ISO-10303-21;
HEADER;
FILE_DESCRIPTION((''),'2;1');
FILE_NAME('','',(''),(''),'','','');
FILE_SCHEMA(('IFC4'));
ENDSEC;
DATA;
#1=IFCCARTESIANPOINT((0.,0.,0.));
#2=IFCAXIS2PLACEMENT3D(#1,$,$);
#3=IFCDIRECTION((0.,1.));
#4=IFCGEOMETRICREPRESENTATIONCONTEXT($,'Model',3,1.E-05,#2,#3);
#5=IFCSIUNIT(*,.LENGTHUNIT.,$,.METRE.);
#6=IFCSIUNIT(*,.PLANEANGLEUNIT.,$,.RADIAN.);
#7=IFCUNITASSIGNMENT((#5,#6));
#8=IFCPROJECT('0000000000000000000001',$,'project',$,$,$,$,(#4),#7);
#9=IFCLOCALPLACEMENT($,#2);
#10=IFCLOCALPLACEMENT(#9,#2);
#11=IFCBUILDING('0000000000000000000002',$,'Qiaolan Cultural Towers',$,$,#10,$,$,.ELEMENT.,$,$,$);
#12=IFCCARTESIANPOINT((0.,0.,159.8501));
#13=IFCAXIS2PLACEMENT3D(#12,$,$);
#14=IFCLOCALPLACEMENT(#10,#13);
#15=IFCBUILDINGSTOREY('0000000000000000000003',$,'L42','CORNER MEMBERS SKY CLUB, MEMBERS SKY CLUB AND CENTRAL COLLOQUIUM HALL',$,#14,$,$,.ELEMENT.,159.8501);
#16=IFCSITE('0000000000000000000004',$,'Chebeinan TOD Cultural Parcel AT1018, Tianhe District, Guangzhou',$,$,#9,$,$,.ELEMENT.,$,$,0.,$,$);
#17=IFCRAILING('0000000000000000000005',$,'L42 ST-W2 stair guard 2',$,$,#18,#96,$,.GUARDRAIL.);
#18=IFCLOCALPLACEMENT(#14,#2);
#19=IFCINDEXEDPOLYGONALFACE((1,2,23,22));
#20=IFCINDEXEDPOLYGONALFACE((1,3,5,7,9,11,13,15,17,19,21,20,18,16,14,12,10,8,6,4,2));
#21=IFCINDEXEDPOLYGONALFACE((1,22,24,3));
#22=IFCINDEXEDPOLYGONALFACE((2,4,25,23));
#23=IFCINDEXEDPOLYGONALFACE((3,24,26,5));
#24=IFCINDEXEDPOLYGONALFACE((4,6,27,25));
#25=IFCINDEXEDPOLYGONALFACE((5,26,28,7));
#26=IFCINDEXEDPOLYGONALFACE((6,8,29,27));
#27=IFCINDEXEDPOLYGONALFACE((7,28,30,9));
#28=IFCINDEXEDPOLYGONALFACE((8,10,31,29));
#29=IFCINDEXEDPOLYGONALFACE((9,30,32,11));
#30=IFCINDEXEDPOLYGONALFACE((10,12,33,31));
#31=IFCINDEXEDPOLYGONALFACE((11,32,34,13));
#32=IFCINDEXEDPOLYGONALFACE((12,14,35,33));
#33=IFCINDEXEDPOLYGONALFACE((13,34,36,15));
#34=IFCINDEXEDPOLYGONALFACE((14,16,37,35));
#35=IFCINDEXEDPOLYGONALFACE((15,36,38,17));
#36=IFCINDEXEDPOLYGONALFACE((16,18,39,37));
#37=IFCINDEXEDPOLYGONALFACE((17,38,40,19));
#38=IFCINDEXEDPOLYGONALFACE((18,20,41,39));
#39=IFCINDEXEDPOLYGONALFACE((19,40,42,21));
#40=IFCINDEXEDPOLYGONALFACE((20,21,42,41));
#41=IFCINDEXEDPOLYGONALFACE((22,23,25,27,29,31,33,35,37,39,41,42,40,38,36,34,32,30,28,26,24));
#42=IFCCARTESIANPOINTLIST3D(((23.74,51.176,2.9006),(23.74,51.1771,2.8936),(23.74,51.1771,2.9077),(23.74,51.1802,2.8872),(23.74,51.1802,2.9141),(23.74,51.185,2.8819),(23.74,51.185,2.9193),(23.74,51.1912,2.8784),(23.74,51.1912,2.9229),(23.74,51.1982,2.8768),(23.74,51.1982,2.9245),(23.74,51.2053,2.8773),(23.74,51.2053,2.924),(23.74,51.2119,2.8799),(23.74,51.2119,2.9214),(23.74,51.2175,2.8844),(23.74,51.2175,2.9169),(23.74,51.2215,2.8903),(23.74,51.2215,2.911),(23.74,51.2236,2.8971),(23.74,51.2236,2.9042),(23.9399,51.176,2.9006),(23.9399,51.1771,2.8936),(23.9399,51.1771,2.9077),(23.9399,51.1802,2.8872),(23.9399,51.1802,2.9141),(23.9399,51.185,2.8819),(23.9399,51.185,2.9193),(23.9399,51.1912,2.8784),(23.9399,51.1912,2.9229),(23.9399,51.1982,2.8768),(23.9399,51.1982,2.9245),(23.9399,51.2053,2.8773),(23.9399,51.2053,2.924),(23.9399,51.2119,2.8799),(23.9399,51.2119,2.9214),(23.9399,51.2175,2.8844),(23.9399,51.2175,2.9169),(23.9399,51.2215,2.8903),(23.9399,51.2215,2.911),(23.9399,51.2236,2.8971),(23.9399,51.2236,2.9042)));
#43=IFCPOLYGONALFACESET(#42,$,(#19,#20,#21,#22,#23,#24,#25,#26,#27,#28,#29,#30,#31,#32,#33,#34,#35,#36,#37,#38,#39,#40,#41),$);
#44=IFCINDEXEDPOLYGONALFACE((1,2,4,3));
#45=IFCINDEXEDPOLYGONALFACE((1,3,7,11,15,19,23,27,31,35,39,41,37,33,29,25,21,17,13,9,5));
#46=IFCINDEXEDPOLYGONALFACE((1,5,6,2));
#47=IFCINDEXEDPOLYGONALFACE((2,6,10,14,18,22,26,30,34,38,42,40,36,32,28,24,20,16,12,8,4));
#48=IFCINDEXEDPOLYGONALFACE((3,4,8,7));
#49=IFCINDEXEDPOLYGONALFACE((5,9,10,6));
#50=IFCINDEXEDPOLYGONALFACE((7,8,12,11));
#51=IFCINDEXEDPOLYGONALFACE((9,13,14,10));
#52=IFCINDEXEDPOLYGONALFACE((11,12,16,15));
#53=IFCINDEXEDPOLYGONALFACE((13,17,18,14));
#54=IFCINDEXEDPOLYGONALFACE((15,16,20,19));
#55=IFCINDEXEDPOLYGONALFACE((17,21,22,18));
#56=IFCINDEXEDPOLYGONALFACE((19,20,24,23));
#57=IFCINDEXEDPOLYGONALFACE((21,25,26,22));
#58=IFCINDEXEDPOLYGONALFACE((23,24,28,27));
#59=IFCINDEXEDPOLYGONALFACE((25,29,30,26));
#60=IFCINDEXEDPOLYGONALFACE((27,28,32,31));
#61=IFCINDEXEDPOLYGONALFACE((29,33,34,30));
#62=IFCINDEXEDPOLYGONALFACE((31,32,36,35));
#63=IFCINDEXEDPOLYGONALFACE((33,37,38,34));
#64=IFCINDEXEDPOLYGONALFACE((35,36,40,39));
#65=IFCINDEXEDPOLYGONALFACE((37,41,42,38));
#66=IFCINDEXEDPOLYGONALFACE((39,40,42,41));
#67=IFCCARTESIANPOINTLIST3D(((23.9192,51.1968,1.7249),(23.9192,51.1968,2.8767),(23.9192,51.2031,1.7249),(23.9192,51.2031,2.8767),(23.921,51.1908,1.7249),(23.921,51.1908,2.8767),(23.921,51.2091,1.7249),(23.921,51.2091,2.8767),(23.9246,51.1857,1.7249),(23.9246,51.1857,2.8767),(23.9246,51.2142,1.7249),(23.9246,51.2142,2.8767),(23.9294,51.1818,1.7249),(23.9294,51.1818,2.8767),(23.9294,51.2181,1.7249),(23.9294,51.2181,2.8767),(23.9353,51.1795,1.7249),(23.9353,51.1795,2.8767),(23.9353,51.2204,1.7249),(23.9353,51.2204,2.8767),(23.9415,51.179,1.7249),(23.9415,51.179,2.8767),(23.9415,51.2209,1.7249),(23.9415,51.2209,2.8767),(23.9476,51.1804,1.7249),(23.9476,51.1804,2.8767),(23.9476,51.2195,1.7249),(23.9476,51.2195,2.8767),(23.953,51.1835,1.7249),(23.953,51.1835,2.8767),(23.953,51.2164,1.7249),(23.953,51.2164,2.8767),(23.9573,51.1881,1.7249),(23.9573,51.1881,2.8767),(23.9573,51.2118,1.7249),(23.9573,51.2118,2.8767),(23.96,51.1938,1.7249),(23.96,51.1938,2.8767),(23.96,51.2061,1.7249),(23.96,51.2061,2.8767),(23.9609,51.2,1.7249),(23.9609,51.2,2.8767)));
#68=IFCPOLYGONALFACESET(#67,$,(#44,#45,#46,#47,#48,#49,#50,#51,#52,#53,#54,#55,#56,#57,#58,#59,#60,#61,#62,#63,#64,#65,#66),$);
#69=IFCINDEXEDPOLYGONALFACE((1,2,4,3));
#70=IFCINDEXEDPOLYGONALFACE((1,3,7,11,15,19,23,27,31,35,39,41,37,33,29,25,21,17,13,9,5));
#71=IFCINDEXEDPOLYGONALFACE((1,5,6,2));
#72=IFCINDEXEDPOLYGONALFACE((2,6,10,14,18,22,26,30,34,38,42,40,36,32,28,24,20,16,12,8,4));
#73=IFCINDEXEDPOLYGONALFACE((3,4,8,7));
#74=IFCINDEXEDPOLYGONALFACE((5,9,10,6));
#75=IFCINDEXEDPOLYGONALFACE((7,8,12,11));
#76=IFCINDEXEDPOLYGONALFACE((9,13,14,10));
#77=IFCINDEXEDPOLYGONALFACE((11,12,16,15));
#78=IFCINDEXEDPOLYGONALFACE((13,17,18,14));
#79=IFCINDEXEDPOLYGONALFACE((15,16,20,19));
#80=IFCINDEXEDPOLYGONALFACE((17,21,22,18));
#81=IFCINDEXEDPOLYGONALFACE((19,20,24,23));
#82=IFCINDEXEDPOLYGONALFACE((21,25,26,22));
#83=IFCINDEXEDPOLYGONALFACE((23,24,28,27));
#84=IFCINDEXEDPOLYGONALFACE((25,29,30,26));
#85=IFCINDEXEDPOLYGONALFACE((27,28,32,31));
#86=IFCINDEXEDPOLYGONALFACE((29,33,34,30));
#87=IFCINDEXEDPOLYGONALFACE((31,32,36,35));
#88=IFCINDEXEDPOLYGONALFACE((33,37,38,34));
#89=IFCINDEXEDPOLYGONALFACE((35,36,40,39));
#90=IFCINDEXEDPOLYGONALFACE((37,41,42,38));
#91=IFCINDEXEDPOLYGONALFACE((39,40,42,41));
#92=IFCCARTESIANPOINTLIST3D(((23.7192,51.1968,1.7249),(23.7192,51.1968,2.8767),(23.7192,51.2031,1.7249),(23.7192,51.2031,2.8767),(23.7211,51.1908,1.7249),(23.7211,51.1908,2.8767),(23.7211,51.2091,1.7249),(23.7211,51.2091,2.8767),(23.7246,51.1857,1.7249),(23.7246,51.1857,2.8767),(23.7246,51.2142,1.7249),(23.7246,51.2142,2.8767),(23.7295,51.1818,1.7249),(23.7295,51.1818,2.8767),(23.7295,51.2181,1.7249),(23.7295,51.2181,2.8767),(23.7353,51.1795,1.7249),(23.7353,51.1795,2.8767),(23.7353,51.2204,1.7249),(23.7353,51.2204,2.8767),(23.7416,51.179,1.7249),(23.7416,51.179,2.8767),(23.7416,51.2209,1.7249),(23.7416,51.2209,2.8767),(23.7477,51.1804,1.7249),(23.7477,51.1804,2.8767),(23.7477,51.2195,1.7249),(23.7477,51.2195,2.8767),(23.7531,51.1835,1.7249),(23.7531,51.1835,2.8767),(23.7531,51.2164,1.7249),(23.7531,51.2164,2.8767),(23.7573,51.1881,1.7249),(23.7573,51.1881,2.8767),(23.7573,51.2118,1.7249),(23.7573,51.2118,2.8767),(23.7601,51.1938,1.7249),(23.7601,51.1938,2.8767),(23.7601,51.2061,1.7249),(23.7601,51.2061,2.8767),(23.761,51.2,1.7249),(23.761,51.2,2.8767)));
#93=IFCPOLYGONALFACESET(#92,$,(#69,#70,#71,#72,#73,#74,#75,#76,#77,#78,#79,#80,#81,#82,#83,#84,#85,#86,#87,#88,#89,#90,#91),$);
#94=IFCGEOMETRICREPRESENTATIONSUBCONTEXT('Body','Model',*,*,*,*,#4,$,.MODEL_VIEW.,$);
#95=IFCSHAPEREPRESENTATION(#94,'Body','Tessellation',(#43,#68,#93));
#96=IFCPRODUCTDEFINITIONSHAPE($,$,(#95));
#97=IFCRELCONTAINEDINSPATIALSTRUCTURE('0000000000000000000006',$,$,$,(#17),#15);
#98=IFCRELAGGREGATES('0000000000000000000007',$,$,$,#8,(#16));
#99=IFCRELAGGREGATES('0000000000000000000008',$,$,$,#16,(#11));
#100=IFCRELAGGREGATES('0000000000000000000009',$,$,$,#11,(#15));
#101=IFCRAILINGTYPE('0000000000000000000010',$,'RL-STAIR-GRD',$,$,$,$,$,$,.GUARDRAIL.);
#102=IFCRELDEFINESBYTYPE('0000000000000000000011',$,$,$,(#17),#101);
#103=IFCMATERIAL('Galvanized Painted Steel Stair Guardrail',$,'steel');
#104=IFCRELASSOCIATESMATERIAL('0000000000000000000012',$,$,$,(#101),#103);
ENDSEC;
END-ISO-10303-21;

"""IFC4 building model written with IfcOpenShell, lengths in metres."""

from ifc_helpers import new_model, si_unit, direction, frame, origin, origin_2d, place, context, subcontext, project, spatial, circle, extrude, material, type_object, element, save


model = new_model("IFC4")

# Units and contexts
model_context = context("Model", 3, precision=1e-05, world=origin(), true_north=direction((0.0, 1.0)))
body_context = subcontext(model_context, "Body", "Model", "MODEL_VIEW")
ifc_project = project(units=[si_unit("LENGTHUNIT", "METRE"), si_unit("PLANEANGLEUNIT", "RADIAN")], contexts=[model_context])

# Site, building, storey
site_placement = place(None, origin())
site = spatial("IfcSite", under=ifc_project, at=site_placement, Name="Chebeinan TOD Cultural Parcel AT1018, Tianhe District, Guangzhou", CompositionType="ELEMENT", RefElevation=0.0)
building_placement = place(site_placement, origin())
building = spatial("IfcBuilding", under=site, at=building_placement, Name="Qiaolan Cultural Towers", CompositionType="ELEMENT")
storey_placement = place(building_placement, frame((0.0, 0.0, 159.8501)))
storey = spatial("IfcBuildingStorey", under=building, at=storey_placement, Name="L42", Description="CORNER MEMBERS SKY CLUB, MEMBERS SKY CLUB AND CENTRAL COLLOQUIUM HALL", CompositionType="ELEMENT", Elevation=159.8501)

# Railing
ifc_material_1 = material(Name="Galvanized Painted Steel Stair Guardrail", Category="steel")
railing_type_1 = type_object("IfcRailingType", Name="RL-STAIR-GRD", PredefinedType="GUARDRAIL", material=ifc_material_1)
railing_1_placement = place(storey_placement, frame((23.9399, 51.2, 1.7249)))
element("IfcRailing", 1, at=railing_1_placement, inside=storey, type_object=railing_type_1, Name="L42 ST-W2 stair guard 2", PredefinedType="GUARDRAIL", context=body_context, shape_type="SweptSolid", body=[
    extrude(circle(Radius=0.0239, at=origin_2d()), frame((0.0, 0.0, 1.1758), z_axis=(-1.0, 0.0, 0.0), x_axis=(0.0, -1.0, 0.0)), (0.0, 0.0, 1.0), 0.2),
    extrude(circle(Radius=0.021, at=origin_2d()), origin(), (0.0, 0.0, 1.0), 1.1519),
    extrude(circle(Radius=0.021, at=origin_2d()), frame((-0.2, 0.0, 0.0)), (0.0, 0.0, 1.0), 1.1519),
])

save(model, "model.ifc")
